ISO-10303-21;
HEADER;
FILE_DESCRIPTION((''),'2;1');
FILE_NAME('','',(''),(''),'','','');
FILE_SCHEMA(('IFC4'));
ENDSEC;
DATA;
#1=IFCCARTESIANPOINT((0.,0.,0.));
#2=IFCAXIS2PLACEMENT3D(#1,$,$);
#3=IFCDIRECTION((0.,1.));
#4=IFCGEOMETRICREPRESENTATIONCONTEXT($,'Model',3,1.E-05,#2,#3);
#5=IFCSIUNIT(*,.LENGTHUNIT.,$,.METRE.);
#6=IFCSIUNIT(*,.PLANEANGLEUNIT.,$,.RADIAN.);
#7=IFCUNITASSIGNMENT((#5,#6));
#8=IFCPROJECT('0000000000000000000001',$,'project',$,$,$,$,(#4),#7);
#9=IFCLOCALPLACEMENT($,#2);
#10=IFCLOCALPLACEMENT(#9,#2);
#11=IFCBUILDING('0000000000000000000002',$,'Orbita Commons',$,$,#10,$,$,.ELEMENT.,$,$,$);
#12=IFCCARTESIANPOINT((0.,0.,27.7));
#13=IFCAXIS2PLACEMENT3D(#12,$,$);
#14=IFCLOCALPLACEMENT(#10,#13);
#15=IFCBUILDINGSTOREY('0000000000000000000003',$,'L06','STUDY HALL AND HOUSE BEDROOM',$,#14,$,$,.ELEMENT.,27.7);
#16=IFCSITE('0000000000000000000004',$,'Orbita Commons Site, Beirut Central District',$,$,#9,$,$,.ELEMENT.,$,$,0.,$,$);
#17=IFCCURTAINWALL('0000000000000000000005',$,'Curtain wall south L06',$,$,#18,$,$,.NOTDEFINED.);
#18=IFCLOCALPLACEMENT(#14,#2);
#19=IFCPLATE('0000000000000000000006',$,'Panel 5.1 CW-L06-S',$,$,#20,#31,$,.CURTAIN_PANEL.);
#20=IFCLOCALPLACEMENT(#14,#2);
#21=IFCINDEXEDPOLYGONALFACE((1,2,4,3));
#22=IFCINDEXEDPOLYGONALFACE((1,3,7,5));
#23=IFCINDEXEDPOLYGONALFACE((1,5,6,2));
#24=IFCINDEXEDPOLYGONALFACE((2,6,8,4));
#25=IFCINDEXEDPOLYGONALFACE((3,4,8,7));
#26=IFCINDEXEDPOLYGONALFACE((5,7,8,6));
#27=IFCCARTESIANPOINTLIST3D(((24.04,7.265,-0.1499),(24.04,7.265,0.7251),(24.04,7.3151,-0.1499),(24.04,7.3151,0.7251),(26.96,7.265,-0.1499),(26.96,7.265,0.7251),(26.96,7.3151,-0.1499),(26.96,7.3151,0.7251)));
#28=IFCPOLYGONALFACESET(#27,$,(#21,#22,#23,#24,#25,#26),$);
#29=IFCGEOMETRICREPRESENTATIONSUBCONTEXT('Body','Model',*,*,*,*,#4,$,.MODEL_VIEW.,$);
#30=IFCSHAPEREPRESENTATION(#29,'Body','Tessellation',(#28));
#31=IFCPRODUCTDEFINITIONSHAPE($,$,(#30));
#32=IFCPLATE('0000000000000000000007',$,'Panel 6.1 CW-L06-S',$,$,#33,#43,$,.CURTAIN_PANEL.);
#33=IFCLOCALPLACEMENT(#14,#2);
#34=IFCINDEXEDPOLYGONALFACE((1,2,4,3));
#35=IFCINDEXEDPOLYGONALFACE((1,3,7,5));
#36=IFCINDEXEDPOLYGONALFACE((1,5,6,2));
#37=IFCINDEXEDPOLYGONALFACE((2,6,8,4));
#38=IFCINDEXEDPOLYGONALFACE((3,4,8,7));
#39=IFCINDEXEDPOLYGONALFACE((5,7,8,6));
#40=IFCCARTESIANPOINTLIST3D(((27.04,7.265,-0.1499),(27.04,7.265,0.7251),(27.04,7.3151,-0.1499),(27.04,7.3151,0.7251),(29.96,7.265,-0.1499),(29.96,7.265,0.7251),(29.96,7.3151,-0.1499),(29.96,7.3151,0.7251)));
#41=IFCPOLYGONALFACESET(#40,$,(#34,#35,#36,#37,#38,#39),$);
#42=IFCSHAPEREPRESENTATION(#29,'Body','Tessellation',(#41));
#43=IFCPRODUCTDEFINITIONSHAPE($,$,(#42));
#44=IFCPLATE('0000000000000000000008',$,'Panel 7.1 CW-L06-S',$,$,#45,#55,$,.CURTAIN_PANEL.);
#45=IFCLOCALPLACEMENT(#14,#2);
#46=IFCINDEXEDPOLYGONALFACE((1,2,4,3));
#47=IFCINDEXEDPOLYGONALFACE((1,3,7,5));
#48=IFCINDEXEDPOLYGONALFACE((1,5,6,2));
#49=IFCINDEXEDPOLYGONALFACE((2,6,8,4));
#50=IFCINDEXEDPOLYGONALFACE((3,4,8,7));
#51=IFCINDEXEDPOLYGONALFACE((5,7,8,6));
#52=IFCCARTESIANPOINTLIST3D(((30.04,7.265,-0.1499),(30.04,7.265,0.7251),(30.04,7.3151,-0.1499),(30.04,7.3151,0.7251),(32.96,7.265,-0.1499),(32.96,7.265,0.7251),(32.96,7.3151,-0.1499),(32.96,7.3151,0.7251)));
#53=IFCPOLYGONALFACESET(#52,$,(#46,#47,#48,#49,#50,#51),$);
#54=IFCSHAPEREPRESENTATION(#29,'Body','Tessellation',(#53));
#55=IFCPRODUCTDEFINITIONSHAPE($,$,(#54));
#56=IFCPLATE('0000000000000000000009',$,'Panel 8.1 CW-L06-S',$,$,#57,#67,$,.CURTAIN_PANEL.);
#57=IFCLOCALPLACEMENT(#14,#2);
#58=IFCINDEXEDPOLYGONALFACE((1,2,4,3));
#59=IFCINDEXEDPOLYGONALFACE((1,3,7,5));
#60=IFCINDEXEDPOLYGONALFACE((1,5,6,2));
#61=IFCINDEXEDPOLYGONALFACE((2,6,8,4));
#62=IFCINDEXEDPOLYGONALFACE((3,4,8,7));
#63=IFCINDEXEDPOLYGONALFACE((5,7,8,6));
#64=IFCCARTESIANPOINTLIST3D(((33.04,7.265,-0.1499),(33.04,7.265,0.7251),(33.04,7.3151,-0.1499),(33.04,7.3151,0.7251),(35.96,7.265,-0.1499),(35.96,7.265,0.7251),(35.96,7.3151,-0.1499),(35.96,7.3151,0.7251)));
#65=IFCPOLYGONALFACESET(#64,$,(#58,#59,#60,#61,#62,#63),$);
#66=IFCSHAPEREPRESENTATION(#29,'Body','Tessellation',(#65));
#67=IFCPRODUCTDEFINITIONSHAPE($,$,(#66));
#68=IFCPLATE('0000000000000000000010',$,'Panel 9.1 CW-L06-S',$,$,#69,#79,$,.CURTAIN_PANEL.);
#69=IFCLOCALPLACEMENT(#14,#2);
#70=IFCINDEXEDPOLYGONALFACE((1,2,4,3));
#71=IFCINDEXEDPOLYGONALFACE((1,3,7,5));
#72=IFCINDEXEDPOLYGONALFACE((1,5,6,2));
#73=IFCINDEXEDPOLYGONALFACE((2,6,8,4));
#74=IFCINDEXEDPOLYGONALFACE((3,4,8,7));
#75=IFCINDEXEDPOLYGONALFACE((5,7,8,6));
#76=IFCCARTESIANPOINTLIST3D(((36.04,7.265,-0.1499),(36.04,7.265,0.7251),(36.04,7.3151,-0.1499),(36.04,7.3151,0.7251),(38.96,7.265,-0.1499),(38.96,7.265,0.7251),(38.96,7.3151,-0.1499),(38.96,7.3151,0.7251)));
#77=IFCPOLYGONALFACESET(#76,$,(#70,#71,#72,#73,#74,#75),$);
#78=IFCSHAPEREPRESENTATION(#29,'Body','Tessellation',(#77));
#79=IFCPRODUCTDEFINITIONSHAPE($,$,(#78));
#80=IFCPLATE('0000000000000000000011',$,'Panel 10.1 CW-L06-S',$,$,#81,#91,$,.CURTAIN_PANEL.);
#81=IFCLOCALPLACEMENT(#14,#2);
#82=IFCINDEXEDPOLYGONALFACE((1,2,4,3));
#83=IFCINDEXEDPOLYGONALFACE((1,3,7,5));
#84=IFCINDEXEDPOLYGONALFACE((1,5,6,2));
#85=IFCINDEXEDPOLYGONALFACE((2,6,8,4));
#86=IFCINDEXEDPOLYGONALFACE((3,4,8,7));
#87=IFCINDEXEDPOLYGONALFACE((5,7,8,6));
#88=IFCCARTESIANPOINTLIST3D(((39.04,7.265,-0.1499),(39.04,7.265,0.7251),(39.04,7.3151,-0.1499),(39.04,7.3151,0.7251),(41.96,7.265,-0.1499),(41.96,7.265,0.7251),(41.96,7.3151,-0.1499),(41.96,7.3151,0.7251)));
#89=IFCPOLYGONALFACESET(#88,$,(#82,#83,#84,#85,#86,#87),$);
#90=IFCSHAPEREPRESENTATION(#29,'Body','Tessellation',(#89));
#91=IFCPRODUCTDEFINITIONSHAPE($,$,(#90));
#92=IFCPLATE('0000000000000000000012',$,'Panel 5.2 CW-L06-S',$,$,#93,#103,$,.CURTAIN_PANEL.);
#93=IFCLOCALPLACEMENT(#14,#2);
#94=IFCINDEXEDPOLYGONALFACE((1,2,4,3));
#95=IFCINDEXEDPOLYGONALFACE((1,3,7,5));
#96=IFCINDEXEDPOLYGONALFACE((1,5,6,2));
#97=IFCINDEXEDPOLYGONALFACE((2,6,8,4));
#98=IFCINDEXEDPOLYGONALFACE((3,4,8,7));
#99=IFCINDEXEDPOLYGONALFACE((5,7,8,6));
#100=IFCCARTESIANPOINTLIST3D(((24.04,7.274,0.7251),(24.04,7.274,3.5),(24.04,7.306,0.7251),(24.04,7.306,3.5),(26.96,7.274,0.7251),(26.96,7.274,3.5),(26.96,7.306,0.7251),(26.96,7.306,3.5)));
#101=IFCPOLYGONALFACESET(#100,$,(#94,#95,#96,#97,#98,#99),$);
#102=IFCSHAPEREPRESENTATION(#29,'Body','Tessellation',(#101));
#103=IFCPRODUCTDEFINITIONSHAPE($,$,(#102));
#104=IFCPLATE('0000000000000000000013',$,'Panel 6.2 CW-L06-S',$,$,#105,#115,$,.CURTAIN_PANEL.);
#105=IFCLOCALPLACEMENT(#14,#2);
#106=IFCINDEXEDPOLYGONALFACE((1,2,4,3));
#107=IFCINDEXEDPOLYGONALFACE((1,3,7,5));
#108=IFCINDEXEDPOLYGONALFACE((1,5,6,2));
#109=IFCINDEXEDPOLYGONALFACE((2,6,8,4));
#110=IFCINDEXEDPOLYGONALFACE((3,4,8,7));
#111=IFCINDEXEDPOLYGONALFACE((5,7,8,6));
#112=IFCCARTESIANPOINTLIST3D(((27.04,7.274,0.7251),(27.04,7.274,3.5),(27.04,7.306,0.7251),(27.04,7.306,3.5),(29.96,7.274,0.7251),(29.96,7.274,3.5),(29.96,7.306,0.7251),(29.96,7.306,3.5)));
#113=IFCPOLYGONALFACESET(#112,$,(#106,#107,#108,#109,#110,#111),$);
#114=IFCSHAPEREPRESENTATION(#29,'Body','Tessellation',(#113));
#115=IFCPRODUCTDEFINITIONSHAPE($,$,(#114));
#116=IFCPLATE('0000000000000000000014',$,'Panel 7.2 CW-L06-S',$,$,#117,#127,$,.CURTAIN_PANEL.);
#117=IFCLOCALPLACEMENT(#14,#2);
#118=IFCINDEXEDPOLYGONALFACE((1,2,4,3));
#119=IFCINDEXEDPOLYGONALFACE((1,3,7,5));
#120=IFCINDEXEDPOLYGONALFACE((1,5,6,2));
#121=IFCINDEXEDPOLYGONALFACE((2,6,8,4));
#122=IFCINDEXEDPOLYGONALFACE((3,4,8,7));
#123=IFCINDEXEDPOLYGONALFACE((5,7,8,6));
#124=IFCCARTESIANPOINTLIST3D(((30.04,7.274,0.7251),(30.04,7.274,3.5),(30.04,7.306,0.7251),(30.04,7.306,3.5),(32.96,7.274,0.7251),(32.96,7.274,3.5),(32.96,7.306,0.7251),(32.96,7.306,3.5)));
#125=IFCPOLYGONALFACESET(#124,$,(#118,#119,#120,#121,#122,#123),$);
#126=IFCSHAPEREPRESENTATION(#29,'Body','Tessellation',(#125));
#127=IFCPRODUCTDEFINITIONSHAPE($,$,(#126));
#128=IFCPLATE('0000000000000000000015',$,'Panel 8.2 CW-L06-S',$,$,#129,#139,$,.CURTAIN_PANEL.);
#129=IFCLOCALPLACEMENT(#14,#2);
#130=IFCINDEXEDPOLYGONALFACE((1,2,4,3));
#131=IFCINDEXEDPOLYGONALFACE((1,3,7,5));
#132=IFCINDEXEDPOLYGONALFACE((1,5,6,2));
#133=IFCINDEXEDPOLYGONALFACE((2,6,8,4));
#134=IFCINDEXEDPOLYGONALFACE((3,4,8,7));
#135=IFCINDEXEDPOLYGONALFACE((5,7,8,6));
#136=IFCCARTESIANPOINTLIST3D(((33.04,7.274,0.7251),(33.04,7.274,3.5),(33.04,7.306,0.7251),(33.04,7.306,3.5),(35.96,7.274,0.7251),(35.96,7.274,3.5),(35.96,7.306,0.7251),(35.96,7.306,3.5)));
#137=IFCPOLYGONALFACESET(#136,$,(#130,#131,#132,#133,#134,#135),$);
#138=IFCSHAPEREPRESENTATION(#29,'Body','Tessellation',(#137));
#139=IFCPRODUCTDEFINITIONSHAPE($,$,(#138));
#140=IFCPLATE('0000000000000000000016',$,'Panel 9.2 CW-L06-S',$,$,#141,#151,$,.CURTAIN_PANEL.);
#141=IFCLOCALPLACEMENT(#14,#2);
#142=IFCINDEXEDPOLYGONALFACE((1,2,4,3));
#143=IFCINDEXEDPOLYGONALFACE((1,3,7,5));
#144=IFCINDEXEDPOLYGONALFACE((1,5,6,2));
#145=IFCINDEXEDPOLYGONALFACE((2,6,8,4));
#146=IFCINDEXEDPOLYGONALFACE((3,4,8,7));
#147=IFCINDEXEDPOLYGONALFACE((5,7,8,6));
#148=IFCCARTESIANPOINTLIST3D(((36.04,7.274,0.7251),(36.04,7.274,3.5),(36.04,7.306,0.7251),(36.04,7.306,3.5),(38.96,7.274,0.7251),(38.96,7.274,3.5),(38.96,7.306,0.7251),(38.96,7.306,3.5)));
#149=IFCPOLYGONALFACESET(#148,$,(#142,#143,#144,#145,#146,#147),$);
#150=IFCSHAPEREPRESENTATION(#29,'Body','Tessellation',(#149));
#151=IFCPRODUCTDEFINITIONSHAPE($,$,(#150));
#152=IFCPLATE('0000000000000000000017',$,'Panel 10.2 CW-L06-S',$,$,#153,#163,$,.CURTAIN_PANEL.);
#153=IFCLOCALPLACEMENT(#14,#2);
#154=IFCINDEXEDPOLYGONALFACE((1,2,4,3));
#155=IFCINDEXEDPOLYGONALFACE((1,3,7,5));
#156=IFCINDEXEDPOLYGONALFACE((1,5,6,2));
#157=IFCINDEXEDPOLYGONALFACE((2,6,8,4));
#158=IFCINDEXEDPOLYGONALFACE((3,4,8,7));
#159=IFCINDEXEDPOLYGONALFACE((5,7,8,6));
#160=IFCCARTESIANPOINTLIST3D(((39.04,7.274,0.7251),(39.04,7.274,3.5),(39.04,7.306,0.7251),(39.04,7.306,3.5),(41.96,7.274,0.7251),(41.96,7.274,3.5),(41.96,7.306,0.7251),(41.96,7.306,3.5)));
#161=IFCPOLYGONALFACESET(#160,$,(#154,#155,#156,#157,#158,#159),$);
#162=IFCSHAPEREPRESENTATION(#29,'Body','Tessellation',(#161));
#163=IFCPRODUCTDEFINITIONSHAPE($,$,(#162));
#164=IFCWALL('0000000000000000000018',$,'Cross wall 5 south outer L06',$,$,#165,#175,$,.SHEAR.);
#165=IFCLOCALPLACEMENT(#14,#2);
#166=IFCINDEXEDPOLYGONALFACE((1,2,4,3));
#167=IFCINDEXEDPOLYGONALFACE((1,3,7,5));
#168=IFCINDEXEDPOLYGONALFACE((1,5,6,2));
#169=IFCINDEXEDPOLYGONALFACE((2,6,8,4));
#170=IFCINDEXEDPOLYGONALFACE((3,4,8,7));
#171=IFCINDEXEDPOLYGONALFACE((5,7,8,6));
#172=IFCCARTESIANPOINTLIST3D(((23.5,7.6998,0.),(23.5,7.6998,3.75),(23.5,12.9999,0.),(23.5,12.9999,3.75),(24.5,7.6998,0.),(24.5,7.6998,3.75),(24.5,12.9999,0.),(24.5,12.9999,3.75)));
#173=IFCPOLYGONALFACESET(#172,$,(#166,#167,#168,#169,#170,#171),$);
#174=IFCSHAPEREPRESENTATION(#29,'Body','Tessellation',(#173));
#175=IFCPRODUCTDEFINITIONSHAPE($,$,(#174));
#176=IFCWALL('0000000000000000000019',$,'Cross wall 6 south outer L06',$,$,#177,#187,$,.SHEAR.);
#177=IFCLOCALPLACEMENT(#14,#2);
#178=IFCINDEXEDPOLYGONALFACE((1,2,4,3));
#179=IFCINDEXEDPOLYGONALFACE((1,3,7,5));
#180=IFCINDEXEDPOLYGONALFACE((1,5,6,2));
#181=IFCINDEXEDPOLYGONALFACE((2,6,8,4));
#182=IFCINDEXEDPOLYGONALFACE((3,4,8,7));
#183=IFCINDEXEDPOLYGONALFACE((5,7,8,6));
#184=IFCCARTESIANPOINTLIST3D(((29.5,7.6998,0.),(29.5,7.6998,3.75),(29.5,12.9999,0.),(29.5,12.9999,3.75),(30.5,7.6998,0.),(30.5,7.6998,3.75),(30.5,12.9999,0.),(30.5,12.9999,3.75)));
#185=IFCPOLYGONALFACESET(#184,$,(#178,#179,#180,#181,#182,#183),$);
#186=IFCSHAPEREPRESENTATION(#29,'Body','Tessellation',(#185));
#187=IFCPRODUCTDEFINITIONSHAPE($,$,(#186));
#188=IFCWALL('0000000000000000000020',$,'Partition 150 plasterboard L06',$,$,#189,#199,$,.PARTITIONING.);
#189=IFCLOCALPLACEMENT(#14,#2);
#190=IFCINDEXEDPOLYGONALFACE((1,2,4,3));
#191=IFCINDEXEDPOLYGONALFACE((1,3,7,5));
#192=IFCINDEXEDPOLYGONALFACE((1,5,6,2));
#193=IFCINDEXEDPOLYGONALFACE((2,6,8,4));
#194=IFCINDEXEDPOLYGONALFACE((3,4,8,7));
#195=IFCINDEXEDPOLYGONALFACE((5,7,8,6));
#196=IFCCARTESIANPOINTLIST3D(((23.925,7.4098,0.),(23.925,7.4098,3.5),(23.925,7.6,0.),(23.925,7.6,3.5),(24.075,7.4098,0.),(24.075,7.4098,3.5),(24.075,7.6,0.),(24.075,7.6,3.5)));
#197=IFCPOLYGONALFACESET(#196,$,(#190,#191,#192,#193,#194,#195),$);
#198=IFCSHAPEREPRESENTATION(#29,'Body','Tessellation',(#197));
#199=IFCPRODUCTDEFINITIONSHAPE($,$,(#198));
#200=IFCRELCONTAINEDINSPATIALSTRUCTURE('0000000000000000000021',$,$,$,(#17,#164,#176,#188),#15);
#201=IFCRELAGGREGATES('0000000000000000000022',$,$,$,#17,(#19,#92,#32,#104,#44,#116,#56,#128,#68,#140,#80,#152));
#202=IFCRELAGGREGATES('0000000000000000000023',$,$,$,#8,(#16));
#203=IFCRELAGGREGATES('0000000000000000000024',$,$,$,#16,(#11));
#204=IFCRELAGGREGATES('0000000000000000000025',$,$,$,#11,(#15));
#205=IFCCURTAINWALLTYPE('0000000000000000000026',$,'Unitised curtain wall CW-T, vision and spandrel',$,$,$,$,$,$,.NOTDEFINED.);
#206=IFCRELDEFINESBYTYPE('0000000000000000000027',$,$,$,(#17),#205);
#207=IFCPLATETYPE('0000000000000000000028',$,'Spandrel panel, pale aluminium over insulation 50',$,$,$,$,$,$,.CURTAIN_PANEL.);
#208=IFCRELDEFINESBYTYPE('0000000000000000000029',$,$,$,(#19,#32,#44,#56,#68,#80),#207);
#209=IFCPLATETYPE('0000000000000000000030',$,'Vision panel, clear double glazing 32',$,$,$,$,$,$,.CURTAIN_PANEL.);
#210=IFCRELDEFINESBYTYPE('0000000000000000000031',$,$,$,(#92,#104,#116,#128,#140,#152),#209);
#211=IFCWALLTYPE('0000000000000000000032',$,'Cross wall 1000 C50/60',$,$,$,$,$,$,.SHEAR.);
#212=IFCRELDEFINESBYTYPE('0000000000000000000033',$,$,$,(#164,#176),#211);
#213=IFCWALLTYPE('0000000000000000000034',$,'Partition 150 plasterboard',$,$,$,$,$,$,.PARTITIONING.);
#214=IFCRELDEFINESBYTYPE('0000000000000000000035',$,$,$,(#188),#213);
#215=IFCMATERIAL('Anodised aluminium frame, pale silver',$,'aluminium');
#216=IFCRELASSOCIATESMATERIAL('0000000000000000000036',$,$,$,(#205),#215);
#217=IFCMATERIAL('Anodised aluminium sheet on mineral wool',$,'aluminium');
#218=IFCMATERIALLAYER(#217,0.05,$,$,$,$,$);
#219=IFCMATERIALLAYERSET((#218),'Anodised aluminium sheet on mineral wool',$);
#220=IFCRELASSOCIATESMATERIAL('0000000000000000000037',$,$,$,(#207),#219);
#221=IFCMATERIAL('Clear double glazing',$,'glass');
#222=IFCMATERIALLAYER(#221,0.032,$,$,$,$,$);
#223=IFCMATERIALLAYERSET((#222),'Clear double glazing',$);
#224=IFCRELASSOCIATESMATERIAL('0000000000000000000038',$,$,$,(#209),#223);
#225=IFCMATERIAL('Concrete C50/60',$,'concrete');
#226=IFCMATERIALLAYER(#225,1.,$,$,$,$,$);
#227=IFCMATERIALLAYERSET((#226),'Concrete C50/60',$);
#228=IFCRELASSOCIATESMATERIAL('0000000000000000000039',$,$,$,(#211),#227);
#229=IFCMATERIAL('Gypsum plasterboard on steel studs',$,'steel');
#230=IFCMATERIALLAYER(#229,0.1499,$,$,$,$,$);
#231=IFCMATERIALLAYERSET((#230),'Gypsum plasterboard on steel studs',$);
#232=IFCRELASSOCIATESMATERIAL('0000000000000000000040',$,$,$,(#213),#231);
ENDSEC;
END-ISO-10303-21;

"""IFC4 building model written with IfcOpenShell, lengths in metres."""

from ifc_helpers import new_model, si_unit, direction, frame, frame_2d, origin, origin_2d, place, context, subcontext, project, spatial, rectangle, extrude, material, layer, layer_set, type_object, element, aggregate, save


model = new_model("IFC4")

# Units and contexts
model_context = context("Model", 3, precision=1e-05, world=origin(), true_north=direction((0.0, 1.0)))
body_context = subcontext(model_context, "Body", "Model", "MODEL_VIEW")
ifc_project = project(units=[si_unit("LENGTHUNIT", "METRE"), si_unit("PLANEANGLEUNIT", "RADIAN")], contexts=[model_context])

# Site, building, storey
site_placement = place(None, origin())
site = spatial("IfcSite", under=ifc_project, at=site_placement, Name="Orbita Commons Site, Beirut Central District", CompositionType="ELEMENT", RefElevation=0.0)
building_placement = place(site_placement, origin())
building = spatial("IfcBuilding", under=site, at=building_placement, Name="Orbita Commons", CompositionType="ELEMENT")
storey_placement = place(building_placement, frame((0.0, 0.0, 27.7)))
storey = spatial("IfcBuildingStorey", under=building, at=storey_placement, Name="L06", Description="STUDY HALL AND HOUSE BEDROOM", CompositionType="ELEMENT", Elevation=27.7)

# Curtain wall, plates
ifc_material_1 = material(Name="Anodised aluminium frame, pale silver", Category="aluminium")
curtain_wall_type = type_object("IfcCurtainWallType", Name="Unitised curtain wall CW-T, vision and spandrel", PredefinedType="NOTDEFINED", material=ifc_material_1)
curtain_wall_placement = place(storey_placement, origin())
curtain_wall = element("IfcCurtainWall", 1, at=curtain_wall_placement, inside=storey, type_object=curtain_wall_type, Name="Curtain wall south L06", PredefinedType="NOTDEFINED")
ifc_material_2 = material(Name="Anodised aluminium sheet on mineral wool", Category="aluminium")
ifc_layer_1 = layer(ifc_material_2, 0.05)
ifc_layer_set_1 = layer_set([ifc_layer_1], Name="Anodised aluminium sheet on mineral wool")
plate_type_1 = type_object("IfcPlateType", Name="Spandrel panel, pale aluminium over insulation 50", PredefinedType="CURTAIN_PANEL", material=ifc_layer_set_1)
plate_1_placement = place(storey_placement, frame((25.5, 7.29, -0.1499), z_axis=(0.0, 0.0, 1.0), x_axis=(1.0, 0.0, 0.0)))
plate_1 = element("IfcPlate", 2, at=plate_1_placement, type_object=plate_type_1, Name="Panel 5.1 CW-L06-S", PredefinedType="CURTAIN_PANEL", context=body_context, shape_type="SweptSolid", body=[
    extrude(rectangle(XDim=2.9199, YDim=0.05, at=origin_2d()), origin(), (0.0, 0.0, 1.0), 0.875),
])
plate_2_placement = place(storey_placement, frame((28.5, 7.29, -0.1499), z_axis=(0.0, 0.0, 1.0), x_axis=(1.0, 0.0, 0.0)))
plate_2 = element("IfcPlate", 3, at=plate_2_placement, type_object=plate_type_1, Name="Panel 6.1 CW-L06-S", PredefinedType="CURTAIN_PANEL", context=body_context, shape_type="SweptSolid", body=[
    extrude(rectangle(XDim=2.9199, YDim=0.05, at=origin_2d()), origin(), (0.0, 0.0, 1.0), 0.875),
])
plate_3_placement = place(storey_placement, frame((31.5, 7.29, -0.1499), z_axis=(0.0, 0.0, 1.0), x_axis=(1.0, 0.0, 0.0)))
plate_3 = element("IfcPlate", 4, at=plate_3_placement, type_object=plate_type_1, Name="Panel 7.1 CW-L06-S", PredefinedType="CURTAIN_PANEL", context=body_context, shape_type="SweptSolid", body=[
    extrude(rectangle(XDim=2.9199, YDim=0.05, at=origin_2d()), origin(), (0.0, 0.0, 1.0), 0.875),
])
plate_4_placement = place(storey_placement, frame((34.5, 7.29, -0.1499), z_axis=(0.0, 0.0, 1.0), x_axis=(1.0, 0.0, 0.0)))
plate_4 = element("IfcPlate", 5, at=plate_4_placement, type_object=plate_type_1, Name="Panel 8.1 CW-L06-S", PredefinedType="CURTAIN_PANEL", context=body_context, shape_type="SweptSolid", body=[
    extrude(rectangle(XDim=2.9199, YDim=0.05, at=origin_2d()), origin(), (0.0, 0.0, 1.0), 0.875),
])
plate_5_placement = place(storey_placement, frame((37.5, 7.29, -0.1499), z_axis=(0.0, 0.0, 1.0), x_axis=(1.0, 0.0, 0.0)))
plate_5 = element("IfcPlate", 6, at=plate_5_placement, type_object=plate_type_1, Name="Panel 9.1 CW-L06-S", PredefinedType="CURTAIN_PANEL", context=body_context, shape_type="SweptSolid", body=[
    extrude(rectangle(XDim=2.9199, YDim=0.05, at=origin_2d()), origin(), (0.0, 0.0, 1.0), 0.875),
])
plate_6_placement = place(storey_placement, frame((40.5, 7.29, -0.1499), z_axis=(0.0, 0.0, 1.0), x_axis=(1.0, 0.0, 0.0)))
plate_6 = element("IfcPlate", 7, at=plate_6_placement, type_object=plate_type_1, Name="Panel 10.1 CW-L06-S", PredefinedType="CURTAIN_PANEL", context=body_context, shape_type="SweptSolid", body=[
    extrude(rectangle(XDim=2.9199, YDim=0.05, at=origin_2d()), origin(), (0.0, 0.0, 1.0), 0.875),
])
ifc_material_3 = material(Name="Clear double glazing", Category="glass")
ifc_layer_2 = layer(ifc_material_3, 0.032)
ifc_layer_set_2 = layer_set([ifc_layer_2], Name="Clear double glazing")
plate_type_2 = type_object("IfcPlateType", Name="Vision panel, clear double glazing 32", PredefinedType="CURTAIN_PANEL", material=ifc_layer_set_2)
plate_7_placement = place(storey_placement, frame((25.5, 7.29, 0.7251), z_axis=(0.0, 0.0, 1.0), x_axis=(1.0, 0.0, 0.0)))
plate_7 = element("IfcPlate", 8, at=plate_7_placement, type_object=plate_type_2, Name="Panel 5.2 CW-L06-S", PredefinedType="CURTAIN_PANEL", context=body_context, shape_type="SweptSolid", body=[
    extrude(rectangle(XDim=2.9199, YDim=0.032, at=origin_2d()), origin(), (0.0, 0.0, 1.0), 2.7749),
])
plate_8_placement = place(storey_placement, frame((28.5, 7.29, 0.7251), z_axis=(0.0, 0.0, 1.0), x_axis=(1.0, 0.0, 0.0)))
plate_8 = element("IfcPlate", 9, at=plate_8_placement, type_object=plate_type_2, Name="Panel 6.2 CW-L06-S", PredefinedType="CURTAIN_PANEL", context=body_context, shape_type="SweptSolid", body=[
    extrude(rectangle(XDim=2.9199, YDim=0.032, at=origin_2d()), origin(), (0.0, 0.0, 1.0), 2.7749),
])
plate_9_placement = place(storey_placement, frame((31.5, 7.29, 0.7251), z_axis=(0.0, 0.0, 1.0), x_axis=(1.0, 0.0, 0.0)))
plate_9 = element("IfcPlate", 10, at=plate_9_placement, type_object=plate_type_2, Name="Panel 7.2 CW-L06-S", PredefinedType="CURTAIN_PANEL", context=body_context, shape_type="SweptSolid", body=[
    extrude(rectangle(XDim=2.9199, YDim=0.032, at=origin_2d()), origin(), (0.0, 0.0, 1.0), 2.7749),
])
plate_10_placement = place(storey_placement, frame((34.5, 7.29, 0.7251), z_axis=(0.0, 0.0, 1.0), x_axis=(1.0, 0.0, 0.0)))
plate_10 = element("IfcPlate", 11, at=plate_10_placement, type_object=plate_type_2, Name="Panel 8.2 CW-L06-S", PredefinedType="CURTAIN_PANEL", context=body_context, shape_type="SweptSolid", body=[
    extrude(rectangle(XDim=2.9199, YDim=0.032, at=origin_2d()), origin(), (0.0, 0.0, 1.0), 2.7749),
])
plate_11_placement = place(storey_placement, frame((37.5, 7.29, 0.7251), z_axis=(0.0, 0.0, 1.0), x_axis=(1.0, 0.0, 0.0)))
plate_11 = element("IfcPlate", 12, at=plate_11_placement, type_object=plate_type_2, Name="Panel 9.2 CW-L06-S", PredefinedType="CURTAIN_PANEL", context=body_context, shape_type="SweptSolid", body=[
    extrude(rectangle(XDim=2.9199, YDim=0.032, at=origin_2d()), origin(), (0.0, 0.0, 1.0), 2.7749),
])
plate_12_placement = place(storey_placement, frame((40.5, 7.29, 0.7251), z_axis=(0.0, 0.0, 1.0), x_axis=(1.0, 0.0, 0.0)))
plate_12 = element("IfcPlate", 13, at=plate_12_placement, type_object=plate_type_2, Name="Panel 10.2 CW-L06-S", PredefinedType="CURTAIN_PANEL", context=body_context, shape_type="SweptSolid", body=[
    extrude(rectangle(XDim=2.9199, YDim=0.032, at=origin_2d()), origin(), (0.0, 0.0, 1.0), 2.7749),
])
aggregate(curtain_wall, [plate_1, plate_7, plate_2, plate_8, plate_3, plate_9, plate_4, plate_10, plate_5, plate_11, plate_6, plate_12])

# Walls
ifc_material_4 = material(Name="Concrete C50/60", Category="concrete")
ifc_layer_3 = layer(ifc_material_4, 1.0)
ifc_layer_set_3 = layer_set([ifc_layer_3], Name="Concrete C50/60")
wall_type_1 = type_object("IfcWallType", Name="Cross wall 1000 C50/60", PredefinedType="SHEAR", material=ifc_layer_set_3)
for number, where, z_axis, x_axis, name in (
    (14, (24.0, 7.7, 0.0), (0.0, 0.0, 1.0), (0.0, 1.0, 0.0), "Cross wall 5 south outer L06"),
    (15, (30.0, 7.7, 0.0), (0.0, 0.0, 1.0), (0.0, 1.0, 0.0), "Cross wall 6 south outer L06"),
):
    element("IfcWall", number, at=place(storey_placement, frame(where, z_axis=z_axis, x_axis=x_axis)), inside=storey, type_object=wall_type_1, Name=name, PredefinedType="SHEAR", context=body_context, shape_type="SweptSolid", body=[
        extrude(rectangle(XDim=5.3, YDim=1.0, at=frame_2d((2.6499, 0.0))), origin(), (0.0, 0.0, 1.0), 3.75),
    ])
ifc_material_5 = material(Name="Gypsum plasterboard on steel studs", Category="steel")
ifc_layer_4 = layer(ifc_material_5, 0.1499)
ifc_layer_set_4 = layer_set([ifc_layer_4], Name="Gypsum plasterboard on steel studs")
wall_type_2 = type_object("IfcWallType", Name="Partition 150 plasterboard", PredefinedType="PARTITIONING", material=ifc_layer_set_4)
for number, where, z_axis, x_axis, name in (
    (16, (24.0, 7.6001, 0.0), (0.0, 0.0, 1.0), (0.0, -1.0, 0.0), "Partition 150 plasterboard L06"),
):
    element("IfcWall", number, at=place(storey_placement, frame(where, z_axis=z_axis, x_axis=x_axis)), inside=storey, type_object=wall_type_2, Name=name, PredefinedType="PARTITIONING", context=body_context, shape_type="SweptSolid", body=[
        extrude(rectangle(XDim=0.1902, YDim=0.1499, at=frame_2d((0.0952, 0.0))), origin(), (0.0, 0.0, 1.0), 3.5),
    ])

save(model, "model.ifc")
